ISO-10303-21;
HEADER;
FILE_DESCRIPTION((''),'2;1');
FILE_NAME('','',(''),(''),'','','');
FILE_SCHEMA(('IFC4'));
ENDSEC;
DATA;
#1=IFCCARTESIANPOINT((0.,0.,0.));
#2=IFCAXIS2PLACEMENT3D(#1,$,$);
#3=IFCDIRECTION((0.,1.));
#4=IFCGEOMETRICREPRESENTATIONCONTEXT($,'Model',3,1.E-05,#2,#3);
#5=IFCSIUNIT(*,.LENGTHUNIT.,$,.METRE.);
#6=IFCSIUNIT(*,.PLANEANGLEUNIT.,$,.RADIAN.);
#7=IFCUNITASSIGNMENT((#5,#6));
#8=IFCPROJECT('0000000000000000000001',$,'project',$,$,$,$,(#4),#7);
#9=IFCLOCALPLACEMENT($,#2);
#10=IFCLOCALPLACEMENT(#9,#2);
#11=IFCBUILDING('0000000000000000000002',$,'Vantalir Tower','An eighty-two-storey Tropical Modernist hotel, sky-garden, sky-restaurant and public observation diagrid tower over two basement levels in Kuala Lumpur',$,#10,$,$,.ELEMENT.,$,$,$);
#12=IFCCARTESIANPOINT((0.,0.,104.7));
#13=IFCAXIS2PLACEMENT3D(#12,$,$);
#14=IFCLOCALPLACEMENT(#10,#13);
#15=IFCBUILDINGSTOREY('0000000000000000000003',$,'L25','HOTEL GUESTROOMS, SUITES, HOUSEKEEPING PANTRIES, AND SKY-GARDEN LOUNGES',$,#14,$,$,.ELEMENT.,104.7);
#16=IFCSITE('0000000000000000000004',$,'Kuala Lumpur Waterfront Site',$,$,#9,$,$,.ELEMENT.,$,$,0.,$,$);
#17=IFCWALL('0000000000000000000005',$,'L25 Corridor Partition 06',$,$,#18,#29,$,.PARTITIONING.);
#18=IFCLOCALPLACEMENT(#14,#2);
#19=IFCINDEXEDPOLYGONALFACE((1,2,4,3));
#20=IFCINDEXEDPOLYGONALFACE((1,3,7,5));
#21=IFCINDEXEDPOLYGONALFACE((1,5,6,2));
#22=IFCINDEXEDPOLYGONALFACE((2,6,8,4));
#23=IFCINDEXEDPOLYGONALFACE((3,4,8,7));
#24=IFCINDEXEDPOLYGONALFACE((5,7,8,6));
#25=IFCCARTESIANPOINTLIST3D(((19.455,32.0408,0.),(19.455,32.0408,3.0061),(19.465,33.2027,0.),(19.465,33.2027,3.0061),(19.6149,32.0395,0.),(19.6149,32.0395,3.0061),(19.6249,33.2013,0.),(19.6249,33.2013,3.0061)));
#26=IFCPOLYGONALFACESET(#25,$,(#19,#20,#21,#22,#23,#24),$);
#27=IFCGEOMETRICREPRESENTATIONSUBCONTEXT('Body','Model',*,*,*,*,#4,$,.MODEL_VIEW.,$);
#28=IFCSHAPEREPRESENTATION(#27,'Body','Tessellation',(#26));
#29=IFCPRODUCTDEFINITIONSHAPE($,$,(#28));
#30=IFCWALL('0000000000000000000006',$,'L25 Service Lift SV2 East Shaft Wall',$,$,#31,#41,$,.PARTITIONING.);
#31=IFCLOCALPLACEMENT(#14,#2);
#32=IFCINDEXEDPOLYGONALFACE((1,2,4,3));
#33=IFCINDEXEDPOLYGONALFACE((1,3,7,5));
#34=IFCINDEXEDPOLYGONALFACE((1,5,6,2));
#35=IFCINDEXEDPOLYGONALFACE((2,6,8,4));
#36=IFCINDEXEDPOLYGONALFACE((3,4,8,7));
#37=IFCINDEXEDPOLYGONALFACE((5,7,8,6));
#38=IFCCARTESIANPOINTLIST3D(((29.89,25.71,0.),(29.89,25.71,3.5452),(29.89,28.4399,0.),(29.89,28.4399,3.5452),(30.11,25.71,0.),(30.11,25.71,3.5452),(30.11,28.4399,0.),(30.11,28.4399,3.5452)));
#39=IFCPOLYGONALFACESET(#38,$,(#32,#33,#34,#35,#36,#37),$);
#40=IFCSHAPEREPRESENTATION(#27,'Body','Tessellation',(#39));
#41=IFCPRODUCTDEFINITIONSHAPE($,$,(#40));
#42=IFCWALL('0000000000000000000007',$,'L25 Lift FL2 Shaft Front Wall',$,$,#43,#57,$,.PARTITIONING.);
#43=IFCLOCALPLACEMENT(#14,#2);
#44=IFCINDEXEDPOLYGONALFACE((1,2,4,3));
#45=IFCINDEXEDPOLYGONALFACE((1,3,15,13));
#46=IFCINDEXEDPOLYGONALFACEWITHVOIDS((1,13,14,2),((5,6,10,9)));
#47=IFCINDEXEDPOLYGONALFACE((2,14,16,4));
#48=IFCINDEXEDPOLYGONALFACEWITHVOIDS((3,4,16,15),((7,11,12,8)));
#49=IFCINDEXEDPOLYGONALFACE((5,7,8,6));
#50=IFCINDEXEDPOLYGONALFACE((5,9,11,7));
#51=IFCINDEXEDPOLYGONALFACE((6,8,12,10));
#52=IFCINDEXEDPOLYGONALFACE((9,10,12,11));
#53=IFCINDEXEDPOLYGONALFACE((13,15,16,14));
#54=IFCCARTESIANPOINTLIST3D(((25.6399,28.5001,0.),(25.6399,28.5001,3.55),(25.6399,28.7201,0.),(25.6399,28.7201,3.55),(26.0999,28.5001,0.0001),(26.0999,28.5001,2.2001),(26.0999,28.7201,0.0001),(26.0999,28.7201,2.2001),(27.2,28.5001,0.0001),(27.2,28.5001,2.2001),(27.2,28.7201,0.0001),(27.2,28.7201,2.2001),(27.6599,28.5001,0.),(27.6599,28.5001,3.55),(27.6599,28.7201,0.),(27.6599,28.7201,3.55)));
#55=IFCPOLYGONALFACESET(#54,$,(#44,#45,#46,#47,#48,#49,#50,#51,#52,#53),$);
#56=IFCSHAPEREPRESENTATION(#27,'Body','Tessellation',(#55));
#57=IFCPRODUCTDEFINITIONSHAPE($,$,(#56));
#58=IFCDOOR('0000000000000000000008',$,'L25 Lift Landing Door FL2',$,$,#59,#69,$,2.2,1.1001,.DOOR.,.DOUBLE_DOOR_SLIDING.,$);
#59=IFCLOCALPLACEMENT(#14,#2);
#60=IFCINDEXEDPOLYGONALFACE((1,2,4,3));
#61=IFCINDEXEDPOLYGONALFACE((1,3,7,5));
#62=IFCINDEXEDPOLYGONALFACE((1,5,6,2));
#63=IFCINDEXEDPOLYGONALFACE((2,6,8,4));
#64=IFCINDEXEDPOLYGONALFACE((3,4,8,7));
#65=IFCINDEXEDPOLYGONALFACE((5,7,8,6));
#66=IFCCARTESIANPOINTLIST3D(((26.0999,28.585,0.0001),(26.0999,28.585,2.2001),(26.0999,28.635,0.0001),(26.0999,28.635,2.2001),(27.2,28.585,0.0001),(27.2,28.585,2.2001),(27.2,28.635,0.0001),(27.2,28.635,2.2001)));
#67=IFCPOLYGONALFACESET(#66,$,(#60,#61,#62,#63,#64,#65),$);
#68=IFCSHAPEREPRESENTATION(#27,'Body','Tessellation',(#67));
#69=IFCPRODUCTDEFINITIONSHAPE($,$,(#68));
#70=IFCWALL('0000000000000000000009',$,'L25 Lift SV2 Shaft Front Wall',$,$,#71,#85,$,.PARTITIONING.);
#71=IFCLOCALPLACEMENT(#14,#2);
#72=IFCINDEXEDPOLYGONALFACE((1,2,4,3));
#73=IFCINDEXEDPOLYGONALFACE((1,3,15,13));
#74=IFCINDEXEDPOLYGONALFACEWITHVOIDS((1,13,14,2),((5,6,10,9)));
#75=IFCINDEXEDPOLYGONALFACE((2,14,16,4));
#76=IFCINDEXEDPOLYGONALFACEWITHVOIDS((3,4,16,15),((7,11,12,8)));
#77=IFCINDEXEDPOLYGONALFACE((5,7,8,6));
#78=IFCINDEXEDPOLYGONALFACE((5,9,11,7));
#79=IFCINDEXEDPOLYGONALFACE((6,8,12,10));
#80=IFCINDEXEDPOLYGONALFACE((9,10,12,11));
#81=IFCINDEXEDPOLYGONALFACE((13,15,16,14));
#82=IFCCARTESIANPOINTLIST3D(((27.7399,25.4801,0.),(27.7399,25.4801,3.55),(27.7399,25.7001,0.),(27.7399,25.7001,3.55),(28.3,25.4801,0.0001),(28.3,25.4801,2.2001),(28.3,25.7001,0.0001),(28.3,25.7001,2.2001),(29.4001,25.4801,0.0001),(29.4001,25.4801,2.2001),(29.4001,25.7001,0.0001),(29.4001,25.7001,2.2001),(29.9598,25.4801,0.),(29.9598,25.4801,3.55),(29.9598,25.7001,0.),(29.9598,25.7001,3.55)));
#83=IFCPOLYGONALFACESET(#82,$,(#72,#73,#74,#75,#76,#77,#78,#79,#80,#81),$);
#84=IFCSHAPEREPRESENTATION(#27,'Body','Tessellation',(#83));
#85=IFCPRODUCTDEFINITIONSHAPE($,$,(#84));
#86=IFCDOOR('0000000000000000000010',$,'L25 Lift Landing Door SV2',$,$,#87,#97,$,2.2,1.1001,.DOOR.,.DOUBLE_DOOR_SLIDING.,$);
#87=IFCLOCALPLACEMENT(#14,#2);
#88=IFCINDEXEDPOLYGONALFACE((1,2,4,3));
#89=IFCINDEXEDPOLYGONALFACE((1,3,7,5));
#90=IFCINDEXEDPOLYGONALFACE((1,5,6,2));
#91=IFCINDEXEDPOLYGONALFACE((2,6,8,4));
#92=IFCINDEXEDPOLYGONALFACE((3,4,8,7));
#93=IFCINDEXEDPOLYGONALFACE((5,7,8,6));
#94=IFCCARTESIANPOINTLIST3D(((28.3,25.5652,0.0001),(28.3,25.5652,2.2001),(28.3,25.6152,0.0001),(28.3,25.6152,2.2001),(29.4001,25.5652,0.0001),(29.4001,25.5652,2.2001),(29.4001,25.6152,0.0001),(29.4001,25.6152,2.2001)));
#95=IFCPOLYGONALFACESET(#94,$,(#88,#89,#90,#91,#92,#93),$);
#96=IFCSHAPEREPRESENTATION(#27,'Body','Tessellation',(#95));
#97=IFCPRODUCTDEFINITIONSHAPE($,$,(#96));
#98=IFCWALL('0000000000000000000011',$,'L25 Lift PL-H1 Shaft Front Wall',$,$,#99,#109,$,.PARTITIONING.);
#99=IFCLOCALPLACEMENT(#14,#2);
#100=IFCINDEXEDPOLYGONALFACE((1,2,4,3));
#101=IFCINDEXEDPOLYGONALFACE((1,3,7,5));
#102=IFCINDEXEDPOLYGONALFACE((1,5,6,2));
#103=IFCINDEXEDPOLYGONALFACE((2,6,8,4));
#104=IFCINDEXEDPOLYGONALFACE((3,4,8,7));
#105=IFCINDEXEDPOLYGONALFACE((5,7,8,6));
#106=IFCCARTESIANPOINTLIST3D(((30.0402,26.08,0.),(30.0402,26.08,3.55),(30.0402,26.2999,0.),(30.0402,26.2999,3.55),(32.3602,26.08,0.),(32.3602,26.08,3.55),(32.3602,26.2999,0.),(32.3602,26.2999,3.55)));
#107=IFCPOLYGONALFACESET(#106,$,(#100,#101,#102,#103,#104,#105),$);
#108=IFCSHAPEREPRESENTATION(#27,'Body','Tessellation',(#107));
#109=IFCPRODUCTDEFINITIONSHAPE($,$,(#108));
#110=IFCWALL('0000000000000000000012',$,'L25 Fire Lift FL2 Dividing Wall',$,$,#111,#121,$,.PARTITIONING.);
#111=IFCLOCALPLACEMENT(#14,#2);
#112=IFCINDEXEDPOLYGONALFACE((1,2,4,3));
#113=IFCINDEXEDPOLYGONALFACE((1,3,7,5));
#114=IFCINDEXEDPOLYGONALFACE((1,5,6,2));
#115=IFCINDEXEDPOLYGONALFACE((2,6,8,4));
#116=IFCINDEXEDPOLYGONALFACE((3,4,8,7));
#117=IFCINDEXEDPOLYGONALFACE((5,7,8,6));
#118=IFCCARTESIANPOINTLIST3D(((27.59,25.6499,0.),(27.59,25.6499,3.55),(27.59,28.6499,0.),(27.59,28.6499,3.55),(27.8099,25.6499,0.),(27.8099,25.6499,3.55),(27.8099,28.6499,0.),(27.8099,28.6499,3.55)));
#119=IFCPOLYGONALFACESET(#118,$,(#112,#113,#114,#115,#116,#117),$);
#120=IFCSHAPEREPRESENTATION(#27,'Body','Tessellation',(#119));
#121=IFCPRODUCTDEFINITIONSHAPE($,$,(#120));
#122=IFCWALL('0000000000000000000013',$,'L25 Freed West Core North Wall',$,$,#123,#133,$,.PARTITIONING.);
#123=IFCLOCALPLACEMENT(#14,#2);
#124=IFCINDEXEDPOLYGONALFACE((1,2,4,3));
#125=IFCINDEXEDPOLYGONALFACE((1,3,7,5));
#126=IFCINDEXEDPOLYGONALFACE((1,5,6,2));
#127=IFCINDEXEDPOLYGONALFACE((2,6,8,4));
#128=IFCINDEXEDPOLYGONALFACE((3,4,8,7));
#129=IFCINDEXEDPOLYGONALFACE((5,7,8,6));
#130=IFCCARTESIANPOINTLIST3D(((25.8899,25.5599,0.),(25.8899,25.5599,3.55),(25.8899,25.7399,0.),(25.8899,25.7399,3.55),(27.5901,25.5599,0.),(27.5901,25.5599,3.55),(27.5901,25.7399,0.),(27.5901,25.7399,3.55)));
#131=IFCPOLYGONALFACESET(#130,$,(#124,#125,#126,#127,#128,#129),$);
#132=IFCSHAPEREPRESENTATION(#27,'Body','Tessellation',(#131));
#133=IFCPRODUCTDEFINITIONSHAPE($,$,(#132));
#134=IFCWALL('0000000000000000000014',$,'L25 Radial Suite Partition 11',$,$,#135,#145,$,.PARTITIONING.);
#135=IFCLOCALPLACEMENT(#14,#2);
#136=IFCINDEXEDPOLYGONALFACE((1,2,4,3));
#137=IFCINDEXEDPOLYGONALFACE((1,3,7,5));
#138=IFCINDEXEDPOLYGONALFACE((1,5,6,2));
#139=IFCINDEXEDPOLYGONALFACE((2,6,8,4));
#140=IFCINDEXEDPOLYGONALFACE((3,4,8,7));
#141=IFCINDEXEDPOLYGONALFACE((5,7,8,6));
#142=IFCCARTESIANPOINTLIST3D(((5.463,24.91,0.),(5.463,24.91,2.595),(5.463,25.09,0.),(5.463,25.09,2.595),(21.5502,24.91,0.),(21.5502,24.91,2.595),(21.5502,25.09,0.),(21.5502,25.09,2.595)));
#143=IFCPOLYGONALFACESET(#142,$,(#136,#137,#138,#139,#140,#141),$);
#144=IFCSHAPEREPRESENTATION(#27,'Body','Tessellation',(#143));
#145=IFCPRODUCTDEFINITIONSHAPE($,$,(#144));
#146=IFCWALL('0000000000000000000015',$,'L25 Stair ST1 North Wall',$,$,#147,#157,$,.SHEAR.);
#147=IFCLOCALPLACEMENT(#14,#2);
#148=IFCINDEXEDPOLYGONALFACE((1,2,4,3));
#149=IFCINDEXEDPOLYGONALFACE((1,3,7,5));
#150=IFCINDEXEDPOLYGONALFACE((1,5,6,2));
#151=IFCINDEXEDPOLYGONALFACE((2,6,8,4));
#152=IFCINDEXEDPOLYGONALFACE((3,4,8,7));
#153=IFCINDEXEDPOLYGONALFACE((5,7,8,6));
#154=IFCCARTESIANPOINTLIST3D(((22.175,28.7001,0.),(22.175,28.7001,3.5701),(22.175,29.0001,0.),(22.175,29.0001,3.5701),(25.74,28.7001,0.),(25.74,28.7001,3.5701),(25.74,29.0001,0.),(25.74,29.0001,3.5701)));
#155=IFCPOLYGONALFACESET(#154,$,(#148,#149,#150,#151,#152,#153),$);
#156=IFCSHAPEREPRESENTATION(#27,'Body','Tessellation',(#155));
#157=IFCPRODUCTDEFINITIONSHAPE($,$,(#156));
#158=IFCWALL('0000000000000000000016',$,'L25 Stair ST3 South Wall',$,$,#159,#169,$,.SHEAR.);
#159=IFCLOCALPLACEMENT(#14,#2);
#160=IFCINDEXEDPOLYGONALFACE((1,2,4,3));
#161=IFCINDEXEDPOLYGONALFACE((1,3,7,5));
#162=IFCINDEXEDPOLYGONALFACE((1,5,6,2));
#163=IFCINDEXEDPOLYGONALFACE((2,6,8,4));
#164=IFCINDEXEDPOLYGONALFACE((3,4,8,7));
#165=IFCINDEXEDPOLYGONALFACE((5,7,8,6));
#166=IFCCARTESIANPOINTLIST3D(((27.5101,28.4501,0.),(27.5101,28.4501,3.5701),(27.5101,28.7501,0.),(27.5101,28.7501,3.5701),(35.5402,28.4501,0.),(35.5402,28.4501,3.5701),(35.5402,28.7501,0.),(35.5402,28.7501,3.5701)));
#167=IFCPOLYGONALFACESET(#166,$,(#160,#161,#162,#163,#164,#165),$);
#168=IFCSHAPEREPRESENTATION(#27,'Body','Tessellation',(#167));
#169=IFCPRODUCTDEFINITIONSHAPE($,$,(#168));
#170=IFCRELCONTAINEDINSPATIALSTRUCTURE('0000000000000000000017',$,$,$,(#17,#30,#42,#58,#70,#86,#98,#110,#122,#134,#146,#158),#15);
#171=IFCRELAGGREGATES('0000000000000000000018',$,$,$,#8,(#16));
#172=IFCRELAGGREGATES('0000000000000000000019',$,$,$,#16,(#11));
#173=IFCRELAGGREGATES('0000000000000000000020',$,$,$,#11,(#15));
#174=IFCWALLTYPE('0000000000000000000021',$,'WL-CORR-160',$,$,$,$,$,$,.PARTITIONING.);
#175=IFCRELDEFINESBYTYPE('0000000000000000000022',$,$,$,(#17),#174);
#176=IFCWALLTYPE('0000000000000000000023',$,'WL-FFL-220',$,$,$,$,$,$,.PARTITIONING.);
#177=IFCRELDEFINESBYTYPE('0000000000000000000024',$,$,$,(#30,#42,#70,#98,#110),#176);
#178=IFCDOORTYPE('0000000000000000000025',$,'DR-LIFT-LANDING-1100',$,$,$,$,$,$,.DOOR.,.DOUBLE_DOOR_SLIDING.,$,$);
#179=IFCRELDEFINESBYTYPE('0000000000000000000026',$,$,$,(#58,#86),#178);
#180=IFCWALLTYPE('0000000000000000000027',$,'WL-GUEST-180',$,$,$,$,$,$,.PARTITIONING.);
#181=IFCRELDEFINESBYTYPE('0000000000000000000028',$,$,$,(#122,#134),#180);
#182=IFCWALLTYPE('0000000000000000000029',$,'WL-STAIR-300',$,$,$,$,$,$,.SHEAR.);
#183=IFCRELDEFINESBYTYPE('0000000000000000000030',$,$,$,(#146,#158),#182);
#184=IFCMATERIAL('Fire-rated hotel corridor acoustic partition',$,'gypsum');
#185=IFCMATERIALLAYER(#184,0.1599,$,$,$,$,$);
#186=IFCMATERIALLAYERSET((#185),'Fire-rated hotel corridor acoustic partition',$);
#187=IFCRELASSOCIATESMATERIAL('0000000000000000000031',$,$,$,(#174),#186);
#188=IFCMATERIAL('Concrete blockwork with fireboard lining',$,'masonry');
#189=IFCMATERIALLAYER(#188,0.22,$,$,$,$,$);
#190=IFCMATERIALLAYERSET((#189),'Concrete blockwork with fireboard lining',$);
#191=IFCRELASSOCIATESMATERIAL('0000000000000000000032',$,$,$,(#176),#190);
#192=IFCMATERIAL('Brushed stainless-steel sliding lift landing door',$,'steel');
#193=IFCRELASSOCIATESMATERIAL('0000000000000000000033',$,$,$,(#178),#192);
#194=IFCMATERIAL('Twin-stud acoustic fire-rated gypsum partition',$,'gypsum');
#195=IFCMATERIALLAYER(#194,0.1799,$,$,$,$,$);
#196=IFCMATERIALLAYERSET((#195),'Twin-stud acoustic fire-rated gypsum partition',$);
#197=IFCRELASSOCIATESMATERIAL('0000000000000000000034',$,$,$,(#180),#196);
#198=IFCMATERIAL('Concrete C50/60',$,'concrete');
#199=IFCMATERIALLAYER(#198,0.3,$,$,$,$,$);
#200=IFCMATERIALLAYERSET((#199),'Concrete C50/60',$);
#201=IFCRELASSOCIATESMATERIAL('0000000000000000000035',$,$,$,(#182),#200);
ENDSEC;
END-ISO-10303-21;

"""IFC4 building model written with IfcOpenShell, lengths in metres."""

from ifc_helpers import new_model, si_unit, direction, frame, frame_2d, origin, place, context, subcontext, project, spatial, rectangle, extrude, material, layer, layer_set, type_object, element, fill, save


model = new_model("IFC4")

# Units and contexts
model_context = context("Model", 3, precision=1e-05, world=origin(), true_north=direction((0.0, 1.0)))
body_context = subcontext(model_context, "Body", "Model", "MODEL_VIEW")
ifc_project = project(units=[si_unit("LENGTHUNIT", "METRE"), si_unit("PLANEANGLEUNIT", "RADIAN")], contexts=[model_context])

# Site, building, storey
site_placement = place(None, origin())
site = spatial("IfcSite", under=ifc_project, at=site_placement, Name="Kuala Lumpur Waterfront Site", CompositionType="ELEMENT", RefElevation=0.0)
building_placement = place(site_placement, origin())
building = spatial("IfcBuilding", under=site, at=building_placement, Name="Vantalir Tower", Description="An eighty-two-storey Tropical Modernist hotel, sky-garden, sky-restaurant and public observation diagrid tower over two basement levels in Kuala Lumpur", CompositionType="ELEMENT")
storey_placement = place(building_placement, frame((0.0, 0.0, 104.7)))
storey = spatial("IfcBuildingStorey", under=building, at=storey_placement, Name="L25", Description="HOTEL GUESTROOMS, SUITES, HOUSEKEEPING PANTRIES, AND SKY-GARDEN LOUNGES", CompositionType="ELEMENT", Elevation=104.7)

# Walls
ifc_material_1 = material(Name="Fire-rated hotel corridor acoustic partition", Category="gypsum")
ifc_layer_1 = layer(ifc_material_1, 0.1599)
ifc_layer_set_1 = layer_set([ifc_layer_1], Name="Fire-rated hotel corridor acoustic partition")
wall_type_1 = type_object("IfcWallType", Name="WL-CORR-160", PredefinedType="PARTITIONING", material=ifc_layer_set_1)
wall_1_placement = place(storey_placement, frame((19.5349, 32.04, 0.0), z_axis=(0.0, 0.0, 1.0), x_axis=(0.008615, 0.999963, 0.0)))
element("IfcWall", 1, at=wall_1_placement, inside=storey, type_object=wall_type_1, Name="L25 Corridor Partition 06", PredefinedType="PARTITIONING", context=body_context, shape_type="SweptSolid", body=[
    extrude(rectangle(XDim=1.1619, YDim=0.1599, at=frame_2d((0.5811, 0.0))), origin(), (0.0, 0.0, 1.0), 3.0061),
])
ifc_material_2 = material(Name="Concrete blockwork with fireboard lining", Category="masonry")
ifc_layer_2 = layer(ifc_material_2, 0.22)
ifc_layer_set_2 = layer_set([ifc_layer_2], Name="Concrete blockwork with fireboard lining")
wall_type_2 = type_object("IfcWallType", Name="WL-FFL-220", PredefinedType="PARTITIONING", material=ifc_layer_set_2)
wall_2_placement = place(storey_placement, frame((30.0, 25.71, 0.0), z_axis=(0.0, 0.0, 1.0), x_axis=(0.0, 1.0, 0.0)))
element("IfcWall", 2, at=wall_2_placement, inside=storey, type_object=wall_type_2, Name="L25 Service Lift SV2 East Shaft Wall", PredefinedType="PARTITIONING", context=body_context, shape_type="SweptSolid", body=[
    extrude(rectangle(XDim=2.73, YDim=0.22, at=frame_2d((1.365, 0.0))), origin(), (0.0, 0.0, 1.0), 3.5452),
])

# Walls, openings, doors
wall_3_placement = place(storey_placement, frame((25.6399, 28.6101, 0.0), z_axis=(0.0, 0.0, 1.0), x_axis=(1.0, 0.0, 0.0)))
wall_3 = element("IfcWall", 3, at=wall_3_placement, inside=storey, type_object=wall_type_2, Name="L25 Lift FL2 Shaft Front Wall", PredefinedType="PARTITIONING", context=body_context, shape_type="SweptSolid", body=[
    extrude(rectangle(XDim=2.02, YDim=0.22, at=frame_2d((1.01, 0.0))), origin(), (0.0, 0.0, 1.0), 3.55),
])
opening_1_placement = place(wall_3_placement, frame((0.46, 0.0, 0.0)))
opening_1 = element("IfcOpeningElement", 4, at=opening_1_placement, cuts=wall_3, PredefinedType="OPENING", context=body_context, shape_type="SweptSolid", body=[
    extrude(rectangle(XDim=1.1001, YDim=2.2, at=frame_2d((0.55, 1.1001))), frame((0.0, 0.1199, 0.0), z_axis=(0.0, -1.0, 0.0), x_axis=(1.0, 0.0, 0.0)), (0.0, 0.0, 1.0), 0.24),
])
ifc_material_3 = material(Name="Brushed stainless-steel sliding lift landing door", Category="steel")
door_type_1 = type_object("IfcDoorType", Name="DR-LIFT-LANDING-1100", OperationType="DOUBLE_DOOR_SLIDING", PredefinedType="DOOR", material=ifc_material_3)
door_1_placement = place(opening_1_placement, origin())
door_1 = element("IfcDoor", 5, at=door_1_placement, inside=storey, type_object=door_type_1, Name="L25 Lift Landing Door FL2", OperationType="DOUBLE_DOOR_SLIDING", OverallHeight=2.2, OverallWidth=1.1001, PredefinedType="DOOR", context=body_context, shape_type="SweptSolid", body=[
    extrude(rectangle(XDim=1.1001, YDim=2.2, at=frame_2d((0.55, 1.1001))), frame((0.0, 0.0249, 0.0), z_axis=(0.0, -1.0, 0.0), x_axis=(1.0, 0.0, 0.0)), (0.0, 0.0, 1.0), 0.05),
])
fill(opening_1, door_1)
wall_4_placement = place(storey_placement, frame((27.74, 25.5901, 0.0), z_axis=(0.0, 0.0, 1.0), x_axis=(1.0, 0.0, 0.0)))
wall_4 = element("IfcWall", 6, at=wall_4_placement, inside=storey, type_object=wall_type_2, Name="L25 Lift SV2 Shaft Front Wall", PredefinedType="PARTITIONING", context=body_context, shape_type="SweptSolid", body=[
    extrude(rectangle(XDim=2.22, YDim=0.22, at=frame_2d((1.1099, 0.0))), origin(), (0.0, 0.0, 1.0), 3.55),
])
opening_2_placement = place(wall_4_placement, frame((0.5601, 0.0, 0.0)))
opening_2 = element("IfcOpeningElement", 7, at=opening_2_placement, cuts=wall_4, PredefinedType="OPENING", context=body_context, shape_type="SweptSolid", body=[
    extrude(rectangle(XDim=1.1001, YDim=2.2, at=frame_2d((0.55, 1.1001))), frame((0.0, 0.1199, 0.0), z_axis=(0.0, -1.0, 0.0), x_axis=(1.0, 0.0, 0.0)), (0.0, 0.0, 1.0), 0.24),
])
door_2_placement = place(opening_2_placement, frame((1.1001, 0.0, 0.0), z_axis=(0.0, 0.0, 1.0), x_axis=(-1.0, 0.0, 0.0)))
door_2 = element("IfcDoor", 8, at=door_2_placement, inside=storey, type_object=door_type_1, Name="L25 Lift Landing Door SV2", OperationType="DOUBLE_DOOR_SLIDING", OverallHeight=2.2, OverallWidth=1.1001, PredefinedType="DOOR", context=body_context, shape_type="SweptSolid", body=[
    extrude(rectangle(XDim=1.1001, YDim=2.2, at=frame_2d((0.55, 1.1001))), frame((0.0, 0.0249, 0.0), z_axis=(0.0, -1.0, 0.0), x_axis=(1.0, 0.0, 0.0)), (0.0, 0.0, 1.0), 0.05),
])
fill(opening_2, door_2)

# Walls
wall_5_placement = place(storey_placement, frame((30.04, 26.1899, 0.0), z_axis=(0.0, 0.0, 1.0), x_axis=(1.0, 0.0, 0.0)))
element("IfcWall", 9, at=wall_5_placement, inside=storey, type_object=wall_type_2, Name="L25 Lift PL-H1 Shaft Front Wall", PredefinedType="PARTITIONING", context=body_context, shape_type="SweptSolid", body=[
    extrude(rectangle(XDim=2.3201, YDim=0.22, at=frame_2d((1.1602, 0.0))), origin(), (0.0, 0.0, 1.0), 3.55),
])
wall_6_placement = place(storey_placement, frame((27.7, 25.6499, 0.0), z_axis=(0.0, 0.0, 1.0), x_axis=(0.0, 1.0, 0.0)))
element("IfcWall", 10, at=wall_6_placement, inside=storey, type_object=wall_type_2, Name="L25 Fire Lift FL2 Dividing Wall", PredefinedType="PARTITIONING", context=body_context, shape_type="SweptSolid", body=[
    extrude(rectangle(XDim=3.0, YDim=0.22, at=frame_2d((1.5, 0.0))), origin(), (0.0, 0.0, 1.0), 3.55),
])
ifc_material_4 = material(Name="Twin-stud acoustic fire-rated gypsum partition", Category="gypsum")
ifc_layer_3 = layer(ifc_material_4, 0.1799)
ifc_layer_set_3 = layer_set([ifc_layer_3], Name="Twin-stud acoustic fire-rated gypsum partition")
wall_type_3 = type_object("IfcWallType", Name="WL-GUEST-180", PredefinedType="PARTITIONING", material=ifc_layer_set_3)
wall_7_placement = place(storey_placement, frame((25.8899, 25.6499, 0.0), z_axis=(0.0, 0.0, 1.0), x_axis=(1.0, 0.0, 0.0)))
element("IfcWall", 11, at=wall_7_placement, inside=storey, type_object=wall_type_3, Name="L25 Freed West Core North Wall", PredefinedType="PARTITIONING", context=body_context, shape_type="SweptSolid", body=[
    extrude(rectangle(XDim=1.7002, YDim=0.1799, at=frame_2d((0.8501, 0.0))), origin(), (0.0, 0.0, 1.0), 3.55),
])
wall_8_placement = place(storey_placement, frame((21.55, 25.0, 0.0), z_axis=(0.0, 0.0, 1.0), x_axis=(-1.0, 0.0, 0.0)))
element("IfcWall", 12, at=wall_8_placement, inside=storey, type_object=wall_type_3, Name="L25 Radial Suite Partition 11", PredefinedType="PARTITIONING", context=body_context, shape_type="SweptSolid", body=[
    extrude(rectangle(XDim=16.0872, YDim=0.1799, at=frame_2d((8.0435, 0.0))), origin(), (0.0, 0.0, 1.0), 2.595),
])
ifc_material_5 = material(Name="Concrete C50/60", Category="concrete")
ifc_layer_4 = layer(ifc_material_5, 0.3)
ifc_layer_set_4 = layer_set([ifc_layer_4], Name="Concrete C50/60")
wall_type_4 = type_object("IfcWallType", Name="WL-STAIR-300", PredefinedType="SHEAR", material=ifc_layer_set_4)
wall_9_placement = place(storey_placement, frame((22.175, 28.8501, 0.0), z_axis=(0.0, 0.0, 1.0), x_axis=(1.0, 0.0, 0.0)))
element("IfcWall", 13, at=wall_9_placement, inside=storey, type_object=wall_type_4, Name="L25 Stair ST1 North Wall", PredefinedType="SHEAR", context=body_context, shape_type="SweptSolid", body=[
    extrude(rectangle(XDim=3.5649, YDim=0.3, at=frame_2d((1.7825, 0.0))), origin(), (0.0, 0.0, 1.0), 3.5701),
])
wall_10_placement = place(storey_placement, frame((27.51, 28.6001, 0.0), z_axis=(0.0, 0.0, 1.0), x_axis=(1.0, 0.0, 0.0)))
element("IfcWall", 14, at=wall_10_placement, inside=storey, type_object=wall_type_4, Name="L25 Stair ST3 South Wall", PredefinedType="SHEAR", context=body_context, shape_type="SweptSolid", body=[
    extrude(rectangle(XDim=8.03, YDim=0.3, at=frame_2d((4.0151, 0.0))), origin(), (0.0, 0.0, 1.0), 3.5701),
])

save(model, "model.ifc")
